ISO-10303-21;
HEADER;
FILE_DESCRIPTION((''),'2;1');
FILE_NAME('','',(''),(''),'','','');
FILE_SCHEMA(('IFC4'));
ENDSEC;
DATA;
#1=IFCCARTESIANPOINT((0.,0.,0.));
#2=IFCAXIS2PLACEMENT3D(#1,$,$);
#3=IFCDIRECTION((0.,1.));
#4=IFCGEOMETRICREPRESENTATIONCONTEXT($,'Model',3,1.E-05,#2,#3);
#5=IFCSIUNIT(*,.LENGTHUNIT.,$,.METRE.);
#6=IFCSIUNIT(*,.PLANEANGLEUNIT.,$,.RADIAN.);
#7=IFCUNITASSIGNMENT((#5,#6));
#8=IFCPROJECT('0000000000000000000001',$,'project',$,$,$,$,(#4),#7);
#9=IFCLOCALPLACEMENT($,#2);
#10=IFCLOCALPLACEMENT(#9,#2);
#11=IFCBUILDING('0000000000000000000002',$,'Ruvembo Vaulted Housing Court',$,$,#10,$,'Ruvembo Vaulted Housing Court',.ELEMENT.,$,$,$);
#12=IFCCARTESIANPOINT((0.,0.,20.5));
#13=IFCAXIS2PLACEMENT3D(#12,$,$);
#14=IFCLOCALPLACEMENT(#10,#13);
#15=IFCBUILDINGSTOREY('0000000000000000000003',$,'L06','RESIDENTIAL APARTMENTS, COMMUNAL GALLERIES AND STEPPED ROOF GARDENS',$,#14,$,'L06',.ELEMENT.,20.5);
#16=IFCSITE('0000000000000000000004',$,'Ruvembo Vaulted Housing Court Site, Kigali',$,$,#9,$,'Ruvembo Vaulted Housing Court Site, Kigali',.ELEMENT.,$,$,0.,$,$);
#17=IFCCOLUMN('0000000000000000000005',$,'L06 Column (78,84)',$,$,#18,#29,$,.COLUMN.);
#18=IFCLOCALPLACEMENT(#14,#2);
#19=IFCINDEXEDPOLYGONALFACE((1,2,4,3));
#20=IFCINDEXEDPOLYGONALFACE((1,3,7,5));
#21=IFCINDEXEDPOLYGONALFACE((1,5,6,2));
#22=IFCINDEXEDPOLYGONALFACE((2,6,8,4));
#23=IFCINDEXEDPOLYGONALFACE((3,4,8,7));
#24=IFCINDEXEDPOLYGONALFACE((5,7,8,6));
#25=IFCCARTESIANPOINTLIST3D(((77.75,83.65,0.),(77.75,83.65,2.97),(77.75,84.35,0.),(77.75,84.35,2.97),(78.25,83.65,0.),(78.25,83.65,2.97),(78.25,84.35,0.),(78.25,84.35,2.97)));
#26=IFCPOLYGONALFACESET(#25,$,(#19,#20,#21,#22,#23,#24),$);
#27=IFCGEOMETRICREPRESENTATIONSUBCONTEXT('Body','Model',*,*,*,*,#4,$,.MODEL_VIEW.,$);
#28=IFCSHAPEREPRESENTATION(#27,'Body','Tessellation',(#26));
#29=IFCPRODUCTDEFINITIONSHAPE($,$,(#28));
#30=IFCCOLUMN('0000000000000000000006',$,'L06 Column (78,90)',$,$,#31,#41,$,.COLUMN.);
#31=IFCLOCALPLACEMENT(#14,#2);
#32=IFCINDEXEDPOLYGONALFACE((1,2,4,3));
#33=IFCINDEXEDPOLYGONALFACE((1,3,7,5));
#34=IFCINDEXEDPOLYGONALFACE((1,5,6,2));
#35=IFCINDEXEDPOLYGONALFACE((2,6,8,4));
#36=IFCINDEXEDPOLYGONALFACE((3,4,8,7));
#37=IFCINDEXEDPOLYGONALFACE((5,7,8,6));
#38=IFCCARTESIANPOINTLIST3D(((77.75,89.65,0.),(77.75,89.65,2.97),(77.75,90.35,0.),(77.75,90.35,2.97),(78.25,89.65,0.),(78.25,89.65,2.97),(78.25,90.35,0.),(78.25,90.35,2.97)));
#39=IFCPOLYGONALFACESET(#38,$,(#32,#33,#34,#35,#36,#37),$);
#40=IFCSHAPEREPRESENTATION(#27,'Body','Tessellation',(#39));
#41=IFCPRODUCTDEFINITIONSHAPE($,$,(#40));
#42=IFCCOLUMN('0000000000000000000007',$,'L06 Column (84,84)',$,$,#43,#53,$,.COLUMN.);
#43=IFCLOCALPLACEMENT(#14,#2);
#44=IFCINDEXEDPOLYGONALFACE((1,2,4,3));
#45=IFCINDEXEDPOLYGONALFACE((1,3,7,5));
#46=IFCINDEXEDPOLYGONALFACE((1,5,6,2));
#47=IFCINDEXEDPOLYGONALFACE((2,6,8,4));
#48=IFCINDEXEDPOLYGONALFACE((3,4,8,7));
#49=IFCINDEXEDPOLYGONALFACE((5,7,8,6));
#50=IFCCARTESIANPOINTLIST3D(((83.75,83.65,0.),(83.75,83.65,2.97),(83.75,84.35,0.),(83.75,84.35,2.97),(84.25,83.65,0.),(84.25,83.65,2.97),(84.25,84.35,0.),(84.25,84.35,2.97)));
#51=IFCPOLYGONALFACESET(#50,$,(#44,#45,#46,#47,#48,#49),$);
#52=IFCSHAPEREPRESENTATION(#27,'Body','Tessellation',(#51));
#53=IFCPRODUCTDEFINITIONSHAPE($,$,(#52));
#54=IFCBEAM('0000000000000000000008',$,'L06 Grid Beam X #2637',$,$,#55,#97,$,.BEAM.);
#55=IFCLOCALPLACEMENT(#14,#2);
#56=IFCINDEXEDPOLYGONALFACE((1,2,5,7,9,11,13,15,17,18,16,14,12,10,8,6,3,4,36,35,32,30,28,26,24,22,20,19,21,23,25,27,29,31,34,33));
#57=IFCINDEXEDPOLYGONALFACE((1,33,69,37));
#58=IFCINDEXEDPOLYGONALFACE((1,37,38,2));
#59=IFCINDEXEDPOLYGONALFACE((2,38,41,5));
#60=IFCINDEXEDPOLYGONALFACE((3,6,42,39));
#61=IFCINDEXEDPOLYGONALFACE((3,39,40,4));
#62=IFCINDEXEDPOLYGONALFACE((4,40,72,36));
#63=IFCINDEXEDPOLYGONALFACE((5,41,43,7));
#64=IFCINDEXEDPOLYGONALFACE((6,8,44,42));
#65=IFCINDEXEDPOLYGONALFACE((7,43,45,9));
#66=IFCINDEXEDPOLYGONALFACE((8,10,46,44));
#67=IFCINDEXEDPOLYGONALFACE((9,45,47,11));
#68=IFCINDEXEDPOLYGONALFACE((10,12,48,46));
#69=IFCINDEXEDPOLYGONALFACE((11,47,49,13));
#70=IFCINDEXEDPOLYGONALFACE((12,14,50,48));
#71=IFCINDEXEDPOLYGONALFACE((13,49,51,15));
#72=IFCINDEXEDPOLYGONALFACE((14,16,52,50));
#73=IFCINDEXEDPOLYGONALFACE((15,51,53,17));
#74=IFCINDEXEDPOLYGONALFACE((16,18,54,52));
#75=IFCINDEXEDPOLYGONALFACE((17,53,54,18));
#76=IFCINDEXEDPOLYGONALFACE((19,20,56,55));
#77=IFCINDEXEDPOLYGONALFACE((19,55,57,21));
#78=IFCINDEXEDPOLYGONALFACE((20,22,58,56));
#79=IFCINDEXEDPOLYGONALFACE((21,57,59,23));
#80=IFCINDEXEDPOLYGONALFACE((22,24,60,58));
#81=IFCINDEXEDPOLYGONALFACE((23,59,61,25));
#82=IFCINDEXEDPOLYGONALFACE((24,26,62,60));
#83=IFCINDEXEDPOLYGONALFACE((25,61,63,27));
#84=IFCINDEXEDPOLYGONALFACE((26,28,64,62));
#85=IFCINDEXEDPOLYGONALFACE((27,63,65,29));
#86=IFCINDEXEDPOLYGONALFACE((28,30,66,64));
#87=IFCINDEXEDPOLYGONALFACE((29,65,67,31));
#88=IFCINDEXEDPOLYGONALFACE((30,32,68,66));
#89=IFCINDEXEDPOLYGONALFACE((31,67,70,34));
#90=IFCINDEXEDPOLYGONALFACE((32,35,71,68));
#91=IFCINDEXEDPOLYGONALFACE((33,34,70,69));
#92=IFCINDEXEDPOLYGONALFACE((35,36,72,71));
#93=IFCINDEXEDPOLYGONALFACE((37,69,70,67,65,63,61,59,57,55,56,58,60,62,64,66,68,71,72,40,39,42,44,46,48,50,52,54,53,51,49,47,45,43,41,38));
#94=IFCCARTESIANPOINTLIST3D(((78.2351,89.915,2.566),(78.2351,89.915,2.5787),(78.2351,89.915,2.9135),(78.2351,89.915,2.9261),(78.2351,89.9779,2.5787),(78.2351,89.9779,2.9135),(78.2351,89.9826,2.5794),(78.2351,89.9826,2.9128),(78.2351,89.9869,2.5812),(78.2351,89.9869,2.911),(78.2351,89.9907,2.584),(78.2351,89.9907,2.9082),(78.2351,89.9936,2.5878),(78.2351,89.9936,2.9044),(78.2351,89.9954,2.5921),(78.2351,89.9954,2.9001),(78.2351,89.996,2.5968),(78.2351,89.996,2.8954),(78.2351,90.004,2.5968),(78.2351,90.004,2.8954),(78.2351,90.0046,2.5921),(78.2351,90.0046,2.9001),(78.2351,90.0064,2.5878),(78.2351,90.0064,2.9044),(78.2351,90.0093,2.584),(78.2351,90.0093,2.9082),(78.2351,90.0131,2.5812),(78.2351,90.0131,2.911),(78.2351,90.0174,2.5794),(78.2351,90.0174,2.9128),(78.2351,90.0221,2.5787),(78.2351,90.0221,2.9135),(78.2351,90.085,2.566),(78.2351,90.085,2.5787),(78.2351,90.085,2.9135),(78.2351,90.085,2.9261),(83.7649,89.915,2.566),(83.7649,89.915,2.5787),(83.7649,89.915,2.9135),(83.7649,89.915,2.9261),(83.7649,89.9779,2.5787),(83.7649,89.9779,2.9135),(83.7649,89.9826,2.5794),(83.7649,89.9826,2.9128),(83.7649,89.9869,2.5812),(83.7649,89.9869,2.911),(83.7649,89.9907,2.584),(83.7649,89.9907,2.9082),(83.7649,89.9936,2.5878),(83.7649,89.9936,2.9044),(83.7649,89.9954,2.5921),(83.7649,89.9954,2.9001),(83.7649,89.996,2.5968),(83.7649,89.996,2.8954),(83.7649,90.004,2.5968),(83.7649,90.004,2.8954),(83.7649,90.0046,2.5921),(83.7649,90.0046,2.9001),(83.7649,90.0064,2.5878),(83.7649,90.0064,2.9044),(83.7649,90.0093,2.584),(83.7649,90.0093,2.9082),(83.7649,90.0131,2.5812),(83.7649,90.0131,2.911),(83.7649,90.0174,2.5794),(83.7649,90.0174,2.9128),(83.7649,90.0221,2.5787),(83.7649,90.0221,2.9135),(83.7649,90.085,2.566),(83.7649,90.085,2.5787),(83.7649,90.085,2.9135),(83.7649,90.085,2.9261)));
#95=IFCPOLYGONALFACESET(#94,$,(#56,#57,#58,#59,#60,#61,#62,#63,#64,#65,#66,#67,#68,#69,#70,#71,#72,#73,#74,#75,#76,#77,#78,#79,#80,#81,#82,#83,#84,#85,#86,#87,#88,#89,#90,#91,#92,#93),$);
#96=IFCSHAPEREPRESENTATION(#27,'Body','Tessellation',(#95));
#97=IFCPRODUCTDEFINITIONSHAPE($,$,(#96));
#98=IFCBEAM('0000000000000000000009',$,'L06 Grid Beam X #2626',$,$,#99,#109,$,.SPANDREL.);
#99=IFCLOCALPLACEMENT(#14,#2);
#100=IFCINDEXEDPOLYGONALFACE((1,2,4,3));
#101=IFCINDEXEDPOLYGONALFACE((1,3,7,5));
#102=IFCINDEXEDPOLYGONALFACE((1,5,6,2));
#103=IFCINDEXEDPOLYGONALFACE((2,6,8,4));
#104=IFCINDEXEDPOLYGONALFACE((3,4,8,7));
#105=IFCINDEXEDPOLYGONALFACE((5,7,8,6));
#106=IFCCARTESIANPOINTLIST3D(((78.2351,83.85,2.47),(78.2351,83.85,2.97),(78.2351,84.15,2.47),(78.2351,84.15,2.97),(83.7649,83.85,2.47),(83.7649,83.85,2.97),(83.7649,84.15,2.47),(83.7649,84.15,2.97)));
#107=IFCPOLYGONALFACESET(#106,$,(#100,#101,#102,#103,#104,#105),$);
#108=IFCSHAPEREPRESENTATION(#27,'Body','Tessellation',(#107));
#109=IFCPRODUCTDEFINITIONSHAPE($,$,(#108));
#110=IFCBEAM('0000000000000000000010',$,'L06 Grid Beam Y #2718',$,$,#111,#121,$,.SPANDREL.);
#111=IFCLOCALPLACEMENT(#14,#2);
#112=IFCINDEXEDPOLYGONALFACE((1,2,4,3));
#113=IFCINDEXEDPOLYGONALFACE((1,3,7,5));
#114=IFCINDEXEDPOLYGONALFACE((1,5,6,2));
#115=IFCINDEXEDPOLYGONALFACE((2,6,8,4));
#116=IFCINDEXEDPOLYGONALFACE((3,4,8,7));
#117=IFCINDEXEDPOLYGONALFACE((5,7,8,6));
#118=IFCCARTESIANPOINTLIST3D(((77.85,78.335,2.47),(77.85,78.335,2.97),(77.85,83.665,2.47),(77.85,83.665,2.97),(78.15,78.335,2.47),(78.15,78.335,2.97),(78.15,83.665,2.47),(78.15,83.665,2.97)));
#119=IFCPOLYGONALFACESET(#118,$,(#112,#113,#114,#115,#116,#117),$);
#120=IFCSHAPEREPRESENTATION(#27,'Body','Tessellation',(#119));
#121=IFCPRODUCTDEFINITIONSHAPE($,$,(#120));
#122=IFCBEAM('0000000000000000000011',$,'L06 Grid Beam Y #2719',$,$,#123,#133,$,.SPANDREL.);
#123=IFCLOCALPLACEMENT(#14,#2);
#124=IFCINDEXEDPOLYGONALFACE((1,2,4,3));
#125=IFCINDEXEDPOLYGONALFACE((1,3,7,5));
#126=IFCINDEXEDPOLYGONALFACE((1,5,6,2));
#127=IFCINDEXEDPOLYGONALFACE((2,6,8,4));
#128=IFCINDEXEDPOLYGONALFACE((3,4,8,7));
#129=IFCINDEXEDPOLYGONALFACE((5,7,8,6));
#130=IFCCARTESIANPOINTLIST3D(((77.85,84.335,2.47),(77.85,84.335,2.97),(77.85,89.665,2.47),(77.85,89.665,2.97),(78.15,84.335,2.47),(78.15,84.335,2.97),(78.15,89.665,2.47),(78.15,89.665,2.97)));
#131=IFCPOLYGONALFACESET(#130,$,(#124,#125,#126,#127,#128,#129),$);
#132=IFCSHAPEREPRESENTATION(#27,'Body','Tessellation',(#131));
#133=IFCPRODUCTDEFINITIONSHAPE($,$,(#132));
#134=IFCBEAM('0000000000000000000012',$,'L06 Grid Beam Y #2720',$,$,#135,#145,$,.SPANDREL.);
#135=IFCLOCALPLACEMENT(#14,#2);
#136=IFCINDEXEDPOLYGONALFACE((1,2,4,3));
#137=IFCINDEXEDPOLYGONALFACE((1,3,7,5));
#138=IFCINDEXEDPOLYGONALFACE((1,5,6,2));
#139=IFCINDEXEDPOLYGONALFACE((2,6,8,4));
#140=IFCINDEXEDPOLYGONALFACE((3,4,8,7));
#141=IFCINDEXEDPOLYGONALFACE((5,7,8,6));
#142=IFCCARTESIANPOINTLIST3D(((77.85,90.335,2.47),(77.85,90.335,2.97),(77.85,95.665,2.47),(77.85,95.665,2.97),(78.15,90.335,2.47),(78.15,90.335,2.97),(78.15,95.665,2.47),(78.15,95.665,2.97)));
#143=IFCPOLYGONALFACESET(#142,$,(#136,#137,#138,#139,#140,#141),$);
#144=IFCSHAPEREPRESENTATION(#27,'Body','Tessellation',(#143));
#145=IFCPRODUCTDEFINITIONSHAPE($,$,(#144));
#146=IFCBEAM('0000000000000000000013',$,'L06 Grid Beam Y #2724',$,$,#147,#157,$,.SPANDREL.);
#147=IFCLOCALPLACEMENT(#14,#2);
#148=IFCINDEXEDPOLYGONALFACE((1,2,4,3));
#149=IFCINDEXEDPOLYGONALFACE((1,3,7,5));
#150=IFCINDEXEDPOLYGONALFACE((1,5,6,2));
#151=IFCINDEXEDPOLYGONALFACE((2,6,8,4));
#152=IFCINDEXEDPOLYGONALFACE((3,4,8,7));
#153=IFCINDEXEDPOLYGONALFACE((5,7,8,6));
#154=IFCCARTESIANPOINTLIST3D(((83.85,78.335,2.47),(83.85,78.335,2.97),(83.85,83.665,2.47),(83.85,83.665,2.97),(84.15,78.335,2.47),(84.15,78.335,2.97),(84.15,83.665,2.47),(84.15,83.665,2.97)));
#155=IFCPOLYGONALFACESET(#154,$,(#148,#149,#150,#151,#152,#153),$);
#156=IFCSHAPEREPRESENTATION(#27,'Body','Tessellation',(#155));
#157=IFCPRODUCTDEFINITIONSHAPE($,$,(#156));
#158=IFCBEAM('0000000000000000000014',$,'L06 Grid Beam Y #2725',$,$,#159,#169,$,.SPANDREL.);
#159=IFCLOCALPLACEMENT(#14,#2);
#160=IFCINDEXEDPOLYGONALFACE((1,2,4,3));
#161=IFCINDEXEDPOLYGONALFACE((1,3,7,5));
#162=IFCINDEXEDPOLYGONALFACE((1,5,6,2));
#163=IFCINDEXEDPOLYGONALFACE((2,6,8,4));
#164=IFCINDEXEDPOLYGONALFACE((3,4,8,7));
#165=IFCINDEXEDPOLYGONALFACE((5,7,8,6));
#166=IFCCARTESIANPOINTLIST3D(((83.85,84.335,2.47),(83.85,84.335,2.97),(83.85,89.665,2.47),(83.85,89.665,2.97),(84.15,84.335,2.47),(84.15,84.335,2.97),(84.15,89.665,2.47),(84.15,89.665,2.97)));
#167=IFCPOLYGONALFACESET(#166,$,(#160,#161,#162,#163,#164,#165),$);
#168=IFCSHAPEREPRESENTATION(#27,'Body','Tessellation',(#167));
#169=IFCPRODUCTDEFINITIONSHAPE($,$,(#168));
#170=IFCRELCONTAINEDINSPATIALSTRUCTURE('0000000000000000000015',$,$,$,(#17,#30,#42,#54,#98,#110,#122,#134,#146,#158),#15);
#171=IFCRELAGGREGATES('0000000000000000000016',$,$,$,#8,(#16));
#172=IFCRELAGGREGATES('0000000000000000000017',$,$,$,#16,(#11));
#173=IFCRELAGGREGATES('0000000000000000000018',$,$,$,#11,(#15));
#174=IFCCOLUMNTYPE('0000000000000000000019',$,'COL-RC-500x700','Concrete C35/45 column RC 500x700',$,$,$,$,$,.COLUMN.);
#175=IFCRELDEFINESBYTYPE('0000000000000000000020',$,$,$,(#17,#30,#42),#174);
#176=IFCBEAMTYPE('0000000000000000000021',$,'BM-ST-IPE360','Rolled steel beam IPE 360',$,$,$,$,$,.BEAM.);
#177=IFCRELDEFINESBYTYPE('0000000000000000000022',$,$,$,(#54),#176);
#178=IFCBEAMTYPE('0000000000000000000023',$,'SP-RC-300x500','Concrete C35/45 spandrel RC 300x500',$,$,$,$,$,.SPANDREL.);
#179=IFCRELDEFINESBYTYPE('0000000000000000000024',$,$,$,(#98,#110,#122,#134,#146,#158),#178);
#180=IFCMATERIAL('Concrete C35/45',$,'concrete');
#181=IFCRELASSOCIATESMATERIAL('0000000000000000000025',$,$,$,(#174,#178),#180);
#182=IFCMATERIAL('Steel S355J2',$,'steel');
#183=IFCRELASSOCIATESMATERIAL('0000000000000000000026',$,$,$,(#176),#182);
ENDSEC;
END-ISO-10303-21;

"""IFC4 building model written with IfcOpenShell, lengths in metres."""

from ifc_helpers import new_model, si_unit, direction, frame, origin, origin_2d, place, context, subcontext, project, spatial, rectangle, i_section, extrude, material, material_profile, profile_set, type_object, element, save


model = new_model("IFC4")

# Units and contexts
model_context = context("Model", 3, precision=1e-05, world=origin(), true_north=direction((0.0, 1.0)))
body_context = subcontext(model_context, "Body", "Model", "MODEL_VIEW")
ifc_project = project(units=[si_unit("LENGTHUNIT", "METRE"), si_unit("PLANEANGLEUNIT", "RADIAN")], contexts=[model_context])

# Site, building, storey
site_placement = place(None, origin())
site = spatial("IfcSite", under=ifc_project, at=site_placement, Name="Ruvembo Vaulted Housing Court Site, Kigali", LongName="Ruvembo Vaulted Housing Court Site, Kigali", CompositionType="ELEMENT", RefElevation=0.0)
building_placement = place(site_placement, origin())
building = spatial("IfcBuilding", under=site, at=building_placement, Name="Ruvembo Vaulted Housing Court", LongName="Ruvembo Vaulted Housing Court", CompositionType="ELEMENT")
storey_placement = place(building_placement, frame((0.0, 0.0, 20.5)))
storey = spatial("IfcBuildingStorey", under=building, at=storey_placement, Name="L06", Description="RESIDENTIAL APARTMENTS, COMMUNAL GALLERIES AND STEPPED ROOF GARDENS", LongName="L06", CompositionType="ELEMENT", Elevation=20.5)

# Columns
ifc_material_1 = material(Name="Concrete C35/45", Category="concrete")
ifc_material_profile_1 = material_profile(ifc_material_1, rectangle(XDim=0.5, YDim=0.7, at=origin_2d()), Name="RC 500x700")
ifc_profile_set_1 = profile_set([ifc_material_profile_1], Name="Concrete C35/45")
column_type = type_object("IfcColumnType", Name="COL-RC-500x700", Description="Concrete C35/45 column RC 500x700", PredefinedType="COLUMN", material=ifc_profile_set_1)
for number, where, z_axis, x_axis, name in (
    (1, (78.0, 84.0, 0.0), (0.0, 0.0, 1.0), (1.0, 0.0, 0.0), "L06 Column (78,84)"),
    (2, (78.0, 90.0, 0.0), (0.0, 0.0, 1.0), (1.0, 0.0, 0.0), "L06 Column (78,90)"),
    (3, (84.0, 84.0, 0.0), (0.0, 0.0, 1.0), (1.0, 0.0, 0.0), "L06 Column (84,84)"),
):
    element("IfcColumn", number, at=place(storey_placement, frame(where, z_axis=z_axis, x_axis=x_axis)), inside=storey, type_object=column_type, Name=name, PredefinedType="COLUMN", context=body_context, shape_type="SweptSolid", body=[
        extrude(rectangle(XDim=0.5, YDim=0.7, at=origin_2d()), origin(), (0.0, 0.0, 1.0), 2.97),
    ])

# Beams
ifc_material_2 = material(Name="Steel S355J2", Category="steel")
ifc_material_profile_2 = material_profile(ifc_material_2, i_section(OverallWidth=0.1699, OverallDepth=0.3601, WebThickness=0.0081, FlangeThickness=0.0127, FilletRadius=0.0181, at=origin_2d()), Name="IPE 360")
ifc_profile_set_2 = profile_set([ifc_material_profile_2], Name="Steel S355J2")
beam_type_1 = type_object("IfcBeamType", Name="BM-ST-IPE360", Description="Rolled steel beam IPE 360", PredefinedType="BEAM", material=ifc_profile_set_2)
beam_1_placement = place(storey_placement, frame((78.2351, 90.0, 2.7461), z_axis=(1.0, 0.0, 0.0), x_axis=(0.0, 1.0, 0.0)))
element("IfcBeam", 4, at=beam_1_placement, inside=storey, type_object=beam_type_1, Name="L06 Grid Beam X #2637", PredefinedType="BEAM", context=body_context, shape_type="SweptSolid", body=[
    extrude(i_section(OverallWidth=0.1699, OverallDepth=0.3601, WebThickness=0.0081, FlangeThickness=0.0127, FilletRadius=0.0181, at=origin_2d()), origin(), (0.0, 0.0, 1.0), 5.5298),
])
ifc_material_profile_3 = material_profile(ifc_material_1, rectangle(XDim=0.3, YDim=0.5, at=origin_2d()), Name="RC 300x500")
ifc_profile_set_3 = profile_set([ifc_material_profile_3], Name="Concrete C35/45")
beam_type_2 = type_object("IfcBeamType", Name="SP-RC-300x500", Description="Concrete C35/45 spandrel RC 300x500", PredefinedType="SPANDREL", material=ifc_profile_set_3)
beam_2_placement = place(storey_placement, frame((78.2351, 84.0, 2.72), z_axis=(1.0, 0.0, 0.0), x_axis=(0.0, 1.0, 0.0)))
element("IfcBeam", 5, at=beam_2_placement, inside=storey, type_object=beam_type_2, Name="L06 Grid Beam X #2626", PredefinedType="SPANDREL", context=body_context, shape_type="SweptSolid", body=[
    extrude(rectangle(XDim=0.3, YDim=0.5, at=origin_2d()), origin(), (0.0, 0.0, 1.0), 5.5298),
])
for number, where, z_axis, x_axis, name in (
    (6, (78.0, 78.335, 2.72), (0.0, 1.0, 0.0), (-1.0, 0.0, 0.0), "L06 Grid Beam Y #2718"),
    (7, (78.0, 84.335, 2.72), (0.0, 1.0, 0.0), (-1.0, 0.0, 0.0), "L06 Grid Beam Y #2719"),
    (8, (78.0, 90.335, 2.72), (0.0, 1.0, 0.0), (-1.0, 0.0, 0.0), "L06 Grid Beam Y #2720"),
    (9, (84.0, 78.335, 2.72), (0.0, 1.0, 0.0), (-1.0, 0.0, 0.0), "L06 Grid Beam Y #2724"),
    (10, (84.0, 84.335, 2.72), (0.0, 1.0, 0.0), (-1.0, 0.0, 0.0), "L06 Grid Beam Y #2725"),
):
    element("IfcBeam", number, at=place(storey_placement, frame(where, z_axis=z_axis, x_axis=x_axis)), inside=storey, type_object=beam_type_2, Name=name, PredefinedType="SPANDREL", context=body_context, shape_type="SweptSolid", body=[
        extrude(rectangle(XDim=0.3, YDim=0.5, at=origin_2d()), origin(), (0.0, 0.0, 1.0), 5.3301),
    ])

save(model, "model.ifc")
